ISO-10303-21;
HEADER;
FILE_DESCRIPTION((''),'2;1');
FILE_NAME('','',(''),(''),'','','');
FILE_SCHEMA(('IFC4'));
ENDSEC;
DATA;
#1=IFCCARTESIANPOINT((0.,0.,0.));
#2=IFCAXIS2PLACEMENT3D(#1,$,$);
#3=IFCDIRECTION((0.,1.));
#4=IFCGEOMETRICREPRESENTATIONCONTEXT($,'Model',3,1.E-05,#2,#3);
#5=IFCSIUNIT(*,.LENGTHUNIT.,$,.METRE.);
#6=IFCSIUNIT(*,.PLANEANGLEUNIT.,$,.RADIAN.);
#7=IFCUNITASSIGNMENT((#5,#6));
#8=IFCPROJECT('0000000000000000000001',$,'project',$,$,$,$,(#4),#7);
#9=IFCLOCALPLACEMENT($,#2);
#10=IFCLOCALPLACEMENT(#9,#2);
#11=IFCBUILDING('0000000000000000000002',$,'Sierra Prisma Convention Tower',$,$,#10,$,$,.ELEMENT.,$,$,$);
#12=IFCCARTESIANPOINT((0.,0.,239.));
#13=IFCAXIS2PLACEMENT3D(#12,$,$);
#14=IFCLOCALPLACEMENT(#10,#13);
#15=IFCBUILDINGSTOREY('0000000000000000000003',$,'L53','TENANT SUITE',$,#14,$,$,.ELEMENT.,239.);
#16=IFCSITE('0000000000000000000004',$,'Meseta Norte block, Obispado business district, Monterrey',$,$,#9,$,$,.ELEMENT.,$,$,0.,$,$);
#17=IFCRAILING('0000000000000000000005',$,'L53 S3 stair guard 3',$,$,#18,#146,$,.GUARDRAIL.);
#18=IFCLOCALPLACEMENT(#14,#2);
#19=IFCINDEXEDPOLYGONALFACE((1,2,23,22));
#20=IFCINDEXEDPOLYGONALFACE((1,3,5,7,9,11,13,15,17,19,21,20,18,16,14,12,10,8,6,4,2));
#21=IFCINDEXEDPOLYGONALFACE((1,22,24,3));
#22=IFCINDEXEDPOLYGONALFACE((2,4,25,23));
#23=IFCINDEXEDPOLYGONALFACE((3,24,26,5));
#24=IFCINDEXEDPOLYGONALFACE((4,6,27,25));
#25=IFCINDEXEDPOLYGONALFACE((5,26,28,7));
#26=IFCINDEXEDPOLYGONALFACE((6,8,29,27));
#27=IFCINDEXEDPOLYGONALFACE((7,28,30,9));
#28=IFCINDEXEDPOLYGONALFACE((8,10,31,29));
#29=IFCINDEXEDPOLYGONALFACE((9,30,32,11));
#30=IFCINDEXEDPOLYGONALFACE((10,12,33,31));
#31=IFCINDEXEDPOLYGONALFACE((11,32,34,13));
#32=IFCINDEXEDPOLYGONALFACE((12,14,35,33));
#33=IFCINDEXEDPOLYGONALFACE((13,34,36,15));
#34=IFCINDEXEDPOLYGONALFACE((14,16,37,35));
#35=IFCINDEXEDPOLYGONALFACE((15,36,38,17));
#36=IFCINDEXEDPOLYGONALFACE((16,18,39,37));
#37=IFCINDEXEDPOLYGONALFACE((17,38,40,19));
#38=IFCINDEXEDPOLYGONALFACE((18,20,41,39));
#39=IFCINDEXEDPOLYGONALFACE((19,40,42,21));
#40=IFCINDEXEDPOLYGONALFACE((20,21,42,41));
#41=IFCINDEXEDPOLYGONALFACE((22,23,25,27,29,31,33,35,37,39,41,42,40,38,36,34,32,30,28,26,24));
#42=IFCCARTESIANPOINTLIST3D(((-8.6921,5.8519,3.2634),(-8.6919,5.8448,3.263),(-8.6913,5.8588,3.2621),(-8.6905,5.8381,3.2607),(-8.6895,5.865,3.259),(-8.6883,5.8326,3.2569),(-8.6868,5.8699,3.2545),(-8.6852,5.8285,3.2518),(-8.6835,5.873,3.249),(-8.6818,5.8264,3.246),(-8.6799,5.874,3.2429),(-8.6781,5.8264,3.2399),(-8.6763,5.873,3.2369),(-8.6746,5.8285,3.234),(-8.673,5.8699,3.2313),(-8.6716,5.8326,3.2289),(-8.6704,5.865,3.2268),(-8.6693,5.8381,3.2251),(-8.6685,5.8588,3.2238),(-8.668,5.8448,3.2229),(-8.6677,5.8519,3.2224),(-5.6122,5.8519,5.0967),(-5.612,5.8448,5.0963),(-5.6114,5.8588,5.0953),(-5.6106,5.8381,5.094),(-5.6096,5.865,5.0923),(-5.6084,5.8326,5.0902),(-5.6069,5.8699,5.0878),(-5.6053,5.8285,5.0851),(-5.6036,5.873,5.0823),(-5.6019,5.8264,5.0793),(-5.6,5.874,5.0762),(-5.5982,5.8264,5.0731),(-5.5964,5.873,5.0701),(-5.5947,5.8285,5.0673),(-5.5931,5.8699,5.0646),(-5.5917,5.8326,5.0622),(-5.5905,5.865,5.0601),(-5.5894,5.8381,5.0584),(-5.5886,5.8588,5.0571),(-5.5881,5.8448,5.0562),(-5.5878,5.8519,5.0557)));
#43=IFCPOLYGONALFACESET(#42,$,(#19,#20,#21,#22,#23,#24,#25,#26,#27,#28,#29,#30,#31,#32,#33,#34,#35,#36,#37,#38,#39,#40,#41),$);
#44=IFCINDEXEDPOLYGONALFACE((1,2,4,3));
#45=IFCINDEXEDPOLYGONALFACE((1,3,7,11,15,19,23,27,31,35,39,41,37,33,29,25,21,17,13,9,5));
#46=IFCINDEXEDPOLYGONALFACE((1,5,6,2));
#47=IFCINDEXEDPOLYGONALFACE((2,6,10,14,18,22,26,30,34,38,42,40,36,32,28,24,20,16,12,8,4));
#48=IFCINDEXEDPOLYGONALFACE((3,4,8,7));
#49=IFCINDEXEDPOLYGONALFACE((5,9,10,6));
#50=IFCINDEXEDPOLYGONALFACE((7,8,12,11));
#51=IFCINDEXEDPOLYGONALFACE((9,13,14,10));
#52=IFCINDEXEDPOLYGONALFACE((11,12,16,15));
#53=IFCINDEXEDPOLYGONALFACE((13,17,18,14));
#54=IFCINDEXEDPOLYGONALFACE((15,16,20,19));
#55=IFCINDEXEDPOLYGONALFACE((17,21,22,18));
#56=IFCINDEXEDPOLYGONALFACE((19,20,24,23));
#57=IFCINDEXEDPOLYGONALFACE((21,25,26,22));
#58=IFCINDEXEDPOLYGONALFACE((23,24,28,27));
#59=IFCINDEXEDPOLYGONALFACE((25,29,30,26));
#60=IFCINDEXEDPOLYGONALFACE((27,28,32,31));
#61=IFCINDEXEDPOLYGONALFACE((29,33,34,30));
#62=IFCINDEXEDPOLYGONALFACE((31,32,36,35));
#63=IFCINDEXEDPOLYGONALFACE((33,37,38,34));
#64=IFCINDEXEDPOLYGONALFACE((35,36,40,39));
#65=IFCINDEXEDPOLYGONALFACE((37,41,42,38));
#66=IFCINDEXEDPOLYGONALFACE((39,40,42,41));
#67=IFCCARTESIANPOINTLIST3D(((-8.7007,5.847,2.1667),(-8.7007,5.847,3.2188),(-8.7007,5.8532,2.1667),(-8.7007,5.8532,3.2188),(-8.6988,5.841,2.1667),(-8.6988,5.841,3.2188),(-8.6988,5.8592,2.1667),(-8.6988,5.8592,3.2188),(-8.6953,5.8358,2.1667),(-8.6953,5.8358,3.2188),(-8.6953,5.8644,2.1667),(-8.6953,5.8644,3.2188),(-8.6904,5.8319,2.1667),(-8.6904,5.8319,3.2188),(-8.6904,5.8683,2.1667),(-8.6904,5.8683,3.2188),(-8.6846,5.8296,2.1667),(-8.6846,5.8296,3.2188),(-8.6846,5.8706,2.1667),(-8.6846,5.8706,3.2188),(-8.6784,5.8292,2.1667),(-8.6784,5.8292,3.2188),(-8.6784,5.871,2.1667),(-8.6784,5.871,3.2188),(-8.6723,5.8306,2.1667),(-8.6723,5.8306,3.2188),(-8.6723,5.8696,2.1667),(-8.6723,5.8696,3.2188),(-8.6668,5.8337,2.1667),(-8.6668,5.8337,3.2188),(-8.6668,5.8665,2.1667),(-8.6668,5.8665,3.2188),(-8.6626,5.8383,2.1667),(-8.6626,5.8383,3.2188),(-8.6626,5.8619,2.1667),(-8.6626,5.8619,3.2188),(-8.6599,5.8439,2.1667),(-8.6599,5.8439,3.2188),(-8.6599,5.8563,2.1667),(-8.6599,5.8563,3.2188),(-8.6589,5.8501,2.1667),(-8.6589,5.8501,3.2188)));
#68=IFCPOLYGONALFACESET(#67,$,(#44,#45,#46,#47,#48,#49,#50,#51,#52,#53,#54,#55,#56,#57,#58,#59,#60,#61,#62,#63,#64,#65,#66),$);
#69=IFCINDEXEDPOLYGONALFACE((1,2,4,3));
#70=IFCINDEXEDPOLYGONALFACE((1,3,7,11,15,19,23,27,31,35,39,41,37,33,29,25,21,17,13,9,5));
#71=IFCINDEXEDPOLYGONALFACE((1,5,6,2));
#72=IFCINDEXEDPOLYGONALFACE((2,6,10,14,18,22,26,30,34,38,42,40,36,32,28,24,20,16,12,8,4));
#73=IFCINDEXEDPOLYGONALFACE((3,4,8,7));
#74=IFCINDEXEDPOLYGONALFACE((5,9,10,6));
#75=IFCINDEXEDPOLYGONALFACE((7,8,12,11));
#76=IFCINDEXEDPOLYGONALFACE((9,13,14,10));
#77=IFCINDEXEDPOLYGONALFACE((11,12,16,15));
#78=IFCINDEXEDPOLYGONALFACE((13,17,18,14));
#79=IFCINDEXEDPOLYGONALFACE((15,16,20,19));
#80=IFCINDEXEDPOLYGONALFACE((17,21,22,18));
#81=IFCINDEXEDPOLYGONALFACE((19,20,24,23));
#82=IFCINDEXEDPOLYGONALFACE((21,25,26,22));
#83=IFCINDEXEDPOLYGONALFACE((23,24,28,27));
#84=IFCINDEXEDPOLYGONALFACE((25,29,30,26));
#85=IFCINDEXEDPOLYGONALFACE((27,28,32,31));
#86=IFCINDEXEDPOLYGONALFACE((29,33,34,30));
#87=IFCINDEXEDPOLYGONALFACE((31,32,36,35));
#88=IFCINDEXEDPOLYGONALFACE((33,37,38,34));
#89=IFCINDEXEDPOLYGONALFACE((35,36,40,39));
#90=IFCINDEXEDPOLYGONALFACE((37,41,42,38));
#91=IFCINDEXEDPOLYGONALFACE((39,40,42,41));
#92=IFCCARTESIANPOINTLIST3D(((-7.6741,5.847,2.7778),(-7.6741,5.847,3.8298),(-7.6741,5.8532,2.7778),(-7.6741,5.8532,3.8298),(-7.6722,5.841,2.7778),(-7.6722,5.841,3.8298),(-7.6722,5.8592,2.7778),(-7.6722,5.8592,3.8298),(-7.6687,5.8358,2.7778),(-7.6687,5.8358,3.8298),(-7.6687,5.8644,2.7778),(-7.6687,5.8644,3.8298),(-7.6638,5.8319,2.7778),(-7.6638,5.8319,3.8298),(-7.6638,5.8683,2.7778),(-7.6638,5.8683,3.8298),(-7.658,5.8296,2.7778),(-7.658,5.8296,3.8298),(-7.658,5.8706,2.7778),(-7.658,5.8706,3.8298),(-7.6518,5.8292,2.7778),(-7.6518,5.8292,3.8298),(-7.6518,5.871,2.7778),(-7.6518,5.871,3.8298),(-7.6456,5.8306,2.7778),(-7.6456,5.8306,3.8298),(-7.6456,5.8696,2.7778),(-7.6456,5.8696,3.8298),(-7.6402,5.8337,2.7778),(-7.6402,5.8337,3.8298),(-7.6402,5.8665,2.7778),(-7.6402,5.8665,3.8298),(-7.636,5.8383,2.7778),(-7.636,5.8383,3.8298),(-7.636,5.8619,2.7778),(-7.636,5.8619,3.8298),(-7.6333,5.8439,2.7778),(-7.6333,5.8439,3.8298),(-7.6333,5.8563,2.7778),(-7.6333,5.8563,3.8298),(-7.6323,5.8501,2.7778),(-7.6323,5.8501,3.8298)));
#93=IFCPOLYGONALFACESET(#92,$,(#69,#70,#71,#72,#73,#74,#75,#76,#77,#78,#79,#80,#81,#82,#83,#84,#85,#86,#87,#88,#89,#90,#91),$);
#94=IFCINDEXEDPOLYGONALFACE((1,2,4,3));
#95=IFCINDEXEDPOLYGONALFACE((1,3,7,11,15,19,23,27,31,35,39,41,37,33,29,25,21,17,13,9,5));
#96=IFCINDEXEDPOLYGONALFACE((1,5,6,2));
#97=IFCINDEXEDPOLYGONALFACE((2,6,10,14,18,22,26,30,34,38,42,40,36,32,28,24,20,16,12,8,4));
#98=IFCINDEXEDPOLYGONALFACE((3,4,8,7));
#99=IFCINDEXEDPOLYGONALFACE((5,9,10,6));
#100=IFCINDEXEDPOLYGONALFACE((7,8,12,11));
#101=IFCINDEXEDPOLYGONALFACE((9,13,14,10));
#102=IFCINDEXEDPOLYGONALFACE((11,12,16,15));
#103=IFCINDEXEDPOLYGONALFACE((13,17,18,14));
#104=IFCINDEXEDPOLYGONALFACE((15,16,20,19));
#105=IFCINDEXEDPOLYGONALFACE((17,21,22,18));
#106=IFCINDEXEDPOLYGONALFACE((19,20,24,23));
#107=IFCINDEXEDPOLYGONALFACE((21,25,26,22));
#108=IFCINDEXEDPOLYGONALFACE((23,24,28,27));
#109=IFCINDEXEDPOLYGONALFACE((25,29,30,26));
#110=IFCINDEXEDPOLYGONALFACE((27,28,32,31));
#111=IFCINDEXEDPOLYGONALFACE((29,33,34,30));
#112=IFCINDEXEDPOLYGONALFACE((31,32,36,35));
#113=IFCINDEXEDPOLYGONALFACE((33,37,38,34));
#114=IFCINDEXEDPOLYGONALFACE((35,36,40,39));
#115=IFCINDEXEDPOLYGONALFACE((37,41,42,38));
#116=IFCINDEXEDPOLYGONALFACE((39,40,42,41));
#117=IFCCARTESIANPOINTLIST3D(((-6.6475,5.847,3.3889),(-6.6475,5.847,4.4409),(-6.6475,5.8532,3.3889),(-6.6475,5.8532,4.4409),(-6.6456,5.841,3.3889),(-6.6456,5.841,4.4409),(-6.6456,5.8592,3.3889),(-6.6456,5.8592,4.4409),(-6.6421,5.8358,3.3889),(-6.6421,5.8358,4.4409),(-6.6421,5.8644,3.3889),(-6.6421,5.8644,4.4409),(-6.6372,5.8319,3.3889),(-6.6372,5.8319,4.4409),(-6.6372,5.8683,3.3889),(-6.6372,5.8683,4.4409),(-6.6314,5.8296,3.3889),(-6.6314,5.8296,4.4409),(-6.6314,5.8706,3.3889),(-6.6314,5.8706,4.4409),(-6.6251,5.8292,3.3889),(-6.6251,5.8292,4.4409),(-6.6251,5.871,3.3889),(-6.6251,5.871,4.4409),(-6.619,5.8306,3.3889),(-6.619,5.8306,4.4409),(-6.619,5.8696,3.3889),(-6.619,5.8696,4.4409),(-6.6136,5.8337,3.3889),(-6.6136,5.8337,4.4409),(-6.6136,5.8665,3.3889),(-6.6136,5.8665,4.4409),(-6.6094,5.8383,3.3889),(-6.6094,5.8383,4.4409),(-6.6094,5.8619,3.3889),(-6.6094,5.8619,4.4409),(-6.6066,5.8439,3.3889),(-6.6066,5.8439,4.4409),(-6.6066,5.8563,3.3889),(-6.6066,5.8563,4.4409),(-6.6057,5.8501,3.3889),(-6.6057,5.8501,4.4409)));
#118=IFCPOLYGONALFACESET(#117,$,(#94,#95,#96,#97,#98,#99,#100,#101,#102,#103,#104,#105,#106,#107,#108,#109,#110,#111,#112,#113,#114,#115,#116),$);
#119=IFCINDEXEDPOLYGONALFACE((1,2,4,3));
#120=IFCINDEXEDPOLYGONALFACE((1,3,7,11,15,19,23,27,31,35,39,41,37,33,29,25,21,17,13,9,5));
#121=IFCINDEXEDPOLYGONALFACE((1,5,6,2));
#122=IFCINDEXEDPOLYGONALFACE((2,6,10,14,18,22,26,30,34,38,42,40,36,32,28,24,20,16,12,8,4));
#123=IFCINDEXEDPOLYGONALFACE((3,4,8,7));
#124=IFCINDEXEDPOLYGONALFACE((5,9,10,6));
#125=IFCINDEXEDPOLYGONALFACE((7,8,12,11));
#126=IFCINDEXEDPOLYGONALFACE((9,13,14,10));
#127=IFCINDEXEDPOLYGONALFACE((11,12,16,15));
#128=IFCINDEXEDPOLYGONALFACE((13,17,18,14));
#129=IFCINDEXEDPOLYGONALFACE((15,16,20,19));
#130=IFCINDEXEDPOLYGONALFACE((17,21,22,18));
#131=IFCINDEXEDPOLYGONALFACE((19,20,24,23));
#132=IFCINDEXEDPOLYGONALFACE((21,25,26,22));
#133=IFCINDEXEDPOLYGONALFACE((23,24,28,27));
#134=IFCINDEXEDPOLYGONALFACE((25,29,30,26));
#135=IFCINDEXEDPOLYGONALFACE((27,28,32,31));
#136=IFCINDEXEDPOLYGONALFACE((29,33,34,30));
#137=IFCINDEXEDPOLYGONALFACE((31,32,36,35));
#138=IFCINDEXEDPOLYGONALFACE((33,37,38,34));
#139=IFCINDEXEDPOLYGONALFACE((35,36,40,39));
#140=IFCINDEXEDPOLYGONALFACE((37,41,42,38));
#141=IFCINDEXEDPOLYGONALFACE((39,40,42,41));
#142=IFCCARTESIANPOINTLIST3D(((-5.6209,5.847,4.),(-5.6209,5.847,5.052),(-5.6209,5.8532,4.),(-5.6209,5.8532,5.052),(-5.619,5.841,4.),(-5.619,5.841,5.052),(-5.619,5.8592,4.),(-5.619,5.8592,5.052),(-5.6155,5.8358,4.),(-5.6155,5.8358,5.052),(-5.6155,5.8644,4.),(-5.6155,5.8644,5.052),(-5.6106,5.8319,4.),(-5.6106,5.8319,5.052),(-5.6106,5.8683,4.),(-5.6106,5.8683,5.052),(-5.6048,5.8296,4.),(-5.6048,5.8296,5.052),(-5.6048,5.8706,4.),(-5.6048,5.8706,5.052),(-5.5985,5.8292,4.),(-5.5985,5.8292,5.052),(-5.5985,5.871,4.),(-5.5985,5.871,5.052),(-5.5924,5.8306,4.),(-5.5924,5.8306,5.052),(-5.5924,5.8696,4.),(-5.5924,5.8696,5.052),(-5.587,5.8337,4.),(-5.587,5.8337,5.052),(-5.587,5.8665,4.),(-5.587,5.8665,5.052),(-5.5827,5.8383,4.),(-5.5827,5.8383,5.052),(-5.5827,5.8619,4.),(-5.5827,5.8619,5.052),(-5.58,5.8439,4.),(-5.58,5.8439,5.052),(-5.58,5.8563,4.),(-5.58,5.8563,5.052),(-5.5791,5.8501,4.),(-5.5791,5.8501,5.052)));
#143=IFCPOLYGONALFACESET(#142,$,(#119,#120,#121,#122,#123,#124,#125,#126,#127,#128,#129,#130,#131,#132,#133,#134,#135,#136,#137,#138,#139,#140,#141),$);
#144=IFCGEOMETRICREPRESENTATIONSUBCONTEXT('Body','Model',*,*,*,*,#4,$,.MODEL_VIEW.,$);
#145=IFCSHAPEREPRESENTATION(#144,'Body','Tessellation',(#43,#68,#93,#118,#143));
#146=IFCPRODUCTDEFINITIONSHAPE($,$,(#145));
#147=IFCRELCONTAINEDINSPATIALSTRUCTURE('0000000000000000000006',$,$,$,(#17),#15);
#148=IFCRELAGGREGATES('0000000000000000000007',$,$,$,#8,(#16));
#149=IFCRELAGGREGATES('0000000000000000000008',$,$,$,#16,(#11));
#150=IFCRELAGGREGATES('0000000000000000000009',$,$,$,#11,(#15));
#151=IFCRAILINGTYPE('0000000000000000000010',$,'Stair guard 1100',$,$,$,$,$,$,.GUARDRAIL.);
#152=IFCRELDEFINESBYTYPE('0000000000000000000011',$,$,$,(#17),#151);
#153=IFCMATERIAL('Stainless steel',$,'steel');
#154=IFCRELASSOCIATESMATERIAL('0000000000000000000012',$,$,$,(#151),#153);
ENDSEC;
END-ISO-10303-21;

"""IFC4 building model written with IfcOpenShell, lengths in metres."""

from ifc_helpers import new_model, si_unit, direction, frame, origin, origin_2d, place, context, subcontext, project, spatial, circle, extrude, material, type_object, element, save


model = new_model("IFC4")

# Units and contexts
model_context = context("Model", 3, precision=1e-05, world=origin(), true_north=direction((0.0, 1.0)))
body_context = subcontext(model_context, "Body", "Model", "MODEL_VIEW")
ifc_project = project(units=[si_unit("LENGTHUNIT", "METRE"), si_unit("PLANEANGLEUNIT", "RADIAN")], contexts=[model_context])

# Site, building, storey
site_placement = place(None, origin())
site = spatial("IfcSite", under=ifc_project, at=site_placement, Name="Meseta Norte block, Obispado business district, Monterrey", CompositionType="ELEMENT", RefElevation=0.0)
building_placement = place(site_placement, origin())
building = spatial("IfcBuilding", under=site, at=building_placement, Name="Sierra Prisma Convention Tower", CompositionType="ELEMENT")
storey_placement = place(building_placement, frame((0.0, 0.0, 239.0)))
storey = spatial("IfcBuildingStorey", under=building, at=storey_placement, Name="L53", Description="TENANT SUITE", CompositionType="ELEMENT", Elevation=239.0)

# Railing
ifc_material_1 = material(Name="Stainless steel", Category="steel")
railing_type_1 = type_object("IfcRailingType", Name="Stair guard 1100", PredefinedType="GUARDRAIL", material=ifc_material_1)
railing_1_placement = place(storey_placement, frame((-8.6799, 5.8501, 2.1667)))
element("IfcRailing", 1, at=railing_1_placement, inside=storey, type_object=railing_type_1, Name="L53 S3 stair guard 3", PredefinedType="GUARDRAIL", context=body_context, shape_type="SweptSolid", body=[
    extrude(circle(Radius=0.0239, at=origin_2d()), frame((0.0, 0.0, 1.0762), z_axis=(0.859291, 0.0, 0.511487), x_axis=(0.0, 1.0, 0.0)), (0.0, 0.0, 1.0), 3.5842),
    extrude(circle(Radius=0.021, at=origin_2d()), origin(), (0.0, 0.0, 1.0), 1.052),
    extrude(circle(Radius=0.021, at=origin_2d()), frame((1.0266, 0.0, 0.6111)), (0.0, 0.0, 1.0), 1.052),
    extrude(circle(Radius=0.021, at=origin_2d()), frame((2.0532, 0.0, 1.2222)), (0.0, 0.0, 1.0), 1.052),
    extrude(circle(Radius=0.021, at=origin_2d()), frame((3.0798, 0.0, 1.8333)), (0.0, 0.0, 1.0), 1.052),
])

save(model, "model.ifc")
